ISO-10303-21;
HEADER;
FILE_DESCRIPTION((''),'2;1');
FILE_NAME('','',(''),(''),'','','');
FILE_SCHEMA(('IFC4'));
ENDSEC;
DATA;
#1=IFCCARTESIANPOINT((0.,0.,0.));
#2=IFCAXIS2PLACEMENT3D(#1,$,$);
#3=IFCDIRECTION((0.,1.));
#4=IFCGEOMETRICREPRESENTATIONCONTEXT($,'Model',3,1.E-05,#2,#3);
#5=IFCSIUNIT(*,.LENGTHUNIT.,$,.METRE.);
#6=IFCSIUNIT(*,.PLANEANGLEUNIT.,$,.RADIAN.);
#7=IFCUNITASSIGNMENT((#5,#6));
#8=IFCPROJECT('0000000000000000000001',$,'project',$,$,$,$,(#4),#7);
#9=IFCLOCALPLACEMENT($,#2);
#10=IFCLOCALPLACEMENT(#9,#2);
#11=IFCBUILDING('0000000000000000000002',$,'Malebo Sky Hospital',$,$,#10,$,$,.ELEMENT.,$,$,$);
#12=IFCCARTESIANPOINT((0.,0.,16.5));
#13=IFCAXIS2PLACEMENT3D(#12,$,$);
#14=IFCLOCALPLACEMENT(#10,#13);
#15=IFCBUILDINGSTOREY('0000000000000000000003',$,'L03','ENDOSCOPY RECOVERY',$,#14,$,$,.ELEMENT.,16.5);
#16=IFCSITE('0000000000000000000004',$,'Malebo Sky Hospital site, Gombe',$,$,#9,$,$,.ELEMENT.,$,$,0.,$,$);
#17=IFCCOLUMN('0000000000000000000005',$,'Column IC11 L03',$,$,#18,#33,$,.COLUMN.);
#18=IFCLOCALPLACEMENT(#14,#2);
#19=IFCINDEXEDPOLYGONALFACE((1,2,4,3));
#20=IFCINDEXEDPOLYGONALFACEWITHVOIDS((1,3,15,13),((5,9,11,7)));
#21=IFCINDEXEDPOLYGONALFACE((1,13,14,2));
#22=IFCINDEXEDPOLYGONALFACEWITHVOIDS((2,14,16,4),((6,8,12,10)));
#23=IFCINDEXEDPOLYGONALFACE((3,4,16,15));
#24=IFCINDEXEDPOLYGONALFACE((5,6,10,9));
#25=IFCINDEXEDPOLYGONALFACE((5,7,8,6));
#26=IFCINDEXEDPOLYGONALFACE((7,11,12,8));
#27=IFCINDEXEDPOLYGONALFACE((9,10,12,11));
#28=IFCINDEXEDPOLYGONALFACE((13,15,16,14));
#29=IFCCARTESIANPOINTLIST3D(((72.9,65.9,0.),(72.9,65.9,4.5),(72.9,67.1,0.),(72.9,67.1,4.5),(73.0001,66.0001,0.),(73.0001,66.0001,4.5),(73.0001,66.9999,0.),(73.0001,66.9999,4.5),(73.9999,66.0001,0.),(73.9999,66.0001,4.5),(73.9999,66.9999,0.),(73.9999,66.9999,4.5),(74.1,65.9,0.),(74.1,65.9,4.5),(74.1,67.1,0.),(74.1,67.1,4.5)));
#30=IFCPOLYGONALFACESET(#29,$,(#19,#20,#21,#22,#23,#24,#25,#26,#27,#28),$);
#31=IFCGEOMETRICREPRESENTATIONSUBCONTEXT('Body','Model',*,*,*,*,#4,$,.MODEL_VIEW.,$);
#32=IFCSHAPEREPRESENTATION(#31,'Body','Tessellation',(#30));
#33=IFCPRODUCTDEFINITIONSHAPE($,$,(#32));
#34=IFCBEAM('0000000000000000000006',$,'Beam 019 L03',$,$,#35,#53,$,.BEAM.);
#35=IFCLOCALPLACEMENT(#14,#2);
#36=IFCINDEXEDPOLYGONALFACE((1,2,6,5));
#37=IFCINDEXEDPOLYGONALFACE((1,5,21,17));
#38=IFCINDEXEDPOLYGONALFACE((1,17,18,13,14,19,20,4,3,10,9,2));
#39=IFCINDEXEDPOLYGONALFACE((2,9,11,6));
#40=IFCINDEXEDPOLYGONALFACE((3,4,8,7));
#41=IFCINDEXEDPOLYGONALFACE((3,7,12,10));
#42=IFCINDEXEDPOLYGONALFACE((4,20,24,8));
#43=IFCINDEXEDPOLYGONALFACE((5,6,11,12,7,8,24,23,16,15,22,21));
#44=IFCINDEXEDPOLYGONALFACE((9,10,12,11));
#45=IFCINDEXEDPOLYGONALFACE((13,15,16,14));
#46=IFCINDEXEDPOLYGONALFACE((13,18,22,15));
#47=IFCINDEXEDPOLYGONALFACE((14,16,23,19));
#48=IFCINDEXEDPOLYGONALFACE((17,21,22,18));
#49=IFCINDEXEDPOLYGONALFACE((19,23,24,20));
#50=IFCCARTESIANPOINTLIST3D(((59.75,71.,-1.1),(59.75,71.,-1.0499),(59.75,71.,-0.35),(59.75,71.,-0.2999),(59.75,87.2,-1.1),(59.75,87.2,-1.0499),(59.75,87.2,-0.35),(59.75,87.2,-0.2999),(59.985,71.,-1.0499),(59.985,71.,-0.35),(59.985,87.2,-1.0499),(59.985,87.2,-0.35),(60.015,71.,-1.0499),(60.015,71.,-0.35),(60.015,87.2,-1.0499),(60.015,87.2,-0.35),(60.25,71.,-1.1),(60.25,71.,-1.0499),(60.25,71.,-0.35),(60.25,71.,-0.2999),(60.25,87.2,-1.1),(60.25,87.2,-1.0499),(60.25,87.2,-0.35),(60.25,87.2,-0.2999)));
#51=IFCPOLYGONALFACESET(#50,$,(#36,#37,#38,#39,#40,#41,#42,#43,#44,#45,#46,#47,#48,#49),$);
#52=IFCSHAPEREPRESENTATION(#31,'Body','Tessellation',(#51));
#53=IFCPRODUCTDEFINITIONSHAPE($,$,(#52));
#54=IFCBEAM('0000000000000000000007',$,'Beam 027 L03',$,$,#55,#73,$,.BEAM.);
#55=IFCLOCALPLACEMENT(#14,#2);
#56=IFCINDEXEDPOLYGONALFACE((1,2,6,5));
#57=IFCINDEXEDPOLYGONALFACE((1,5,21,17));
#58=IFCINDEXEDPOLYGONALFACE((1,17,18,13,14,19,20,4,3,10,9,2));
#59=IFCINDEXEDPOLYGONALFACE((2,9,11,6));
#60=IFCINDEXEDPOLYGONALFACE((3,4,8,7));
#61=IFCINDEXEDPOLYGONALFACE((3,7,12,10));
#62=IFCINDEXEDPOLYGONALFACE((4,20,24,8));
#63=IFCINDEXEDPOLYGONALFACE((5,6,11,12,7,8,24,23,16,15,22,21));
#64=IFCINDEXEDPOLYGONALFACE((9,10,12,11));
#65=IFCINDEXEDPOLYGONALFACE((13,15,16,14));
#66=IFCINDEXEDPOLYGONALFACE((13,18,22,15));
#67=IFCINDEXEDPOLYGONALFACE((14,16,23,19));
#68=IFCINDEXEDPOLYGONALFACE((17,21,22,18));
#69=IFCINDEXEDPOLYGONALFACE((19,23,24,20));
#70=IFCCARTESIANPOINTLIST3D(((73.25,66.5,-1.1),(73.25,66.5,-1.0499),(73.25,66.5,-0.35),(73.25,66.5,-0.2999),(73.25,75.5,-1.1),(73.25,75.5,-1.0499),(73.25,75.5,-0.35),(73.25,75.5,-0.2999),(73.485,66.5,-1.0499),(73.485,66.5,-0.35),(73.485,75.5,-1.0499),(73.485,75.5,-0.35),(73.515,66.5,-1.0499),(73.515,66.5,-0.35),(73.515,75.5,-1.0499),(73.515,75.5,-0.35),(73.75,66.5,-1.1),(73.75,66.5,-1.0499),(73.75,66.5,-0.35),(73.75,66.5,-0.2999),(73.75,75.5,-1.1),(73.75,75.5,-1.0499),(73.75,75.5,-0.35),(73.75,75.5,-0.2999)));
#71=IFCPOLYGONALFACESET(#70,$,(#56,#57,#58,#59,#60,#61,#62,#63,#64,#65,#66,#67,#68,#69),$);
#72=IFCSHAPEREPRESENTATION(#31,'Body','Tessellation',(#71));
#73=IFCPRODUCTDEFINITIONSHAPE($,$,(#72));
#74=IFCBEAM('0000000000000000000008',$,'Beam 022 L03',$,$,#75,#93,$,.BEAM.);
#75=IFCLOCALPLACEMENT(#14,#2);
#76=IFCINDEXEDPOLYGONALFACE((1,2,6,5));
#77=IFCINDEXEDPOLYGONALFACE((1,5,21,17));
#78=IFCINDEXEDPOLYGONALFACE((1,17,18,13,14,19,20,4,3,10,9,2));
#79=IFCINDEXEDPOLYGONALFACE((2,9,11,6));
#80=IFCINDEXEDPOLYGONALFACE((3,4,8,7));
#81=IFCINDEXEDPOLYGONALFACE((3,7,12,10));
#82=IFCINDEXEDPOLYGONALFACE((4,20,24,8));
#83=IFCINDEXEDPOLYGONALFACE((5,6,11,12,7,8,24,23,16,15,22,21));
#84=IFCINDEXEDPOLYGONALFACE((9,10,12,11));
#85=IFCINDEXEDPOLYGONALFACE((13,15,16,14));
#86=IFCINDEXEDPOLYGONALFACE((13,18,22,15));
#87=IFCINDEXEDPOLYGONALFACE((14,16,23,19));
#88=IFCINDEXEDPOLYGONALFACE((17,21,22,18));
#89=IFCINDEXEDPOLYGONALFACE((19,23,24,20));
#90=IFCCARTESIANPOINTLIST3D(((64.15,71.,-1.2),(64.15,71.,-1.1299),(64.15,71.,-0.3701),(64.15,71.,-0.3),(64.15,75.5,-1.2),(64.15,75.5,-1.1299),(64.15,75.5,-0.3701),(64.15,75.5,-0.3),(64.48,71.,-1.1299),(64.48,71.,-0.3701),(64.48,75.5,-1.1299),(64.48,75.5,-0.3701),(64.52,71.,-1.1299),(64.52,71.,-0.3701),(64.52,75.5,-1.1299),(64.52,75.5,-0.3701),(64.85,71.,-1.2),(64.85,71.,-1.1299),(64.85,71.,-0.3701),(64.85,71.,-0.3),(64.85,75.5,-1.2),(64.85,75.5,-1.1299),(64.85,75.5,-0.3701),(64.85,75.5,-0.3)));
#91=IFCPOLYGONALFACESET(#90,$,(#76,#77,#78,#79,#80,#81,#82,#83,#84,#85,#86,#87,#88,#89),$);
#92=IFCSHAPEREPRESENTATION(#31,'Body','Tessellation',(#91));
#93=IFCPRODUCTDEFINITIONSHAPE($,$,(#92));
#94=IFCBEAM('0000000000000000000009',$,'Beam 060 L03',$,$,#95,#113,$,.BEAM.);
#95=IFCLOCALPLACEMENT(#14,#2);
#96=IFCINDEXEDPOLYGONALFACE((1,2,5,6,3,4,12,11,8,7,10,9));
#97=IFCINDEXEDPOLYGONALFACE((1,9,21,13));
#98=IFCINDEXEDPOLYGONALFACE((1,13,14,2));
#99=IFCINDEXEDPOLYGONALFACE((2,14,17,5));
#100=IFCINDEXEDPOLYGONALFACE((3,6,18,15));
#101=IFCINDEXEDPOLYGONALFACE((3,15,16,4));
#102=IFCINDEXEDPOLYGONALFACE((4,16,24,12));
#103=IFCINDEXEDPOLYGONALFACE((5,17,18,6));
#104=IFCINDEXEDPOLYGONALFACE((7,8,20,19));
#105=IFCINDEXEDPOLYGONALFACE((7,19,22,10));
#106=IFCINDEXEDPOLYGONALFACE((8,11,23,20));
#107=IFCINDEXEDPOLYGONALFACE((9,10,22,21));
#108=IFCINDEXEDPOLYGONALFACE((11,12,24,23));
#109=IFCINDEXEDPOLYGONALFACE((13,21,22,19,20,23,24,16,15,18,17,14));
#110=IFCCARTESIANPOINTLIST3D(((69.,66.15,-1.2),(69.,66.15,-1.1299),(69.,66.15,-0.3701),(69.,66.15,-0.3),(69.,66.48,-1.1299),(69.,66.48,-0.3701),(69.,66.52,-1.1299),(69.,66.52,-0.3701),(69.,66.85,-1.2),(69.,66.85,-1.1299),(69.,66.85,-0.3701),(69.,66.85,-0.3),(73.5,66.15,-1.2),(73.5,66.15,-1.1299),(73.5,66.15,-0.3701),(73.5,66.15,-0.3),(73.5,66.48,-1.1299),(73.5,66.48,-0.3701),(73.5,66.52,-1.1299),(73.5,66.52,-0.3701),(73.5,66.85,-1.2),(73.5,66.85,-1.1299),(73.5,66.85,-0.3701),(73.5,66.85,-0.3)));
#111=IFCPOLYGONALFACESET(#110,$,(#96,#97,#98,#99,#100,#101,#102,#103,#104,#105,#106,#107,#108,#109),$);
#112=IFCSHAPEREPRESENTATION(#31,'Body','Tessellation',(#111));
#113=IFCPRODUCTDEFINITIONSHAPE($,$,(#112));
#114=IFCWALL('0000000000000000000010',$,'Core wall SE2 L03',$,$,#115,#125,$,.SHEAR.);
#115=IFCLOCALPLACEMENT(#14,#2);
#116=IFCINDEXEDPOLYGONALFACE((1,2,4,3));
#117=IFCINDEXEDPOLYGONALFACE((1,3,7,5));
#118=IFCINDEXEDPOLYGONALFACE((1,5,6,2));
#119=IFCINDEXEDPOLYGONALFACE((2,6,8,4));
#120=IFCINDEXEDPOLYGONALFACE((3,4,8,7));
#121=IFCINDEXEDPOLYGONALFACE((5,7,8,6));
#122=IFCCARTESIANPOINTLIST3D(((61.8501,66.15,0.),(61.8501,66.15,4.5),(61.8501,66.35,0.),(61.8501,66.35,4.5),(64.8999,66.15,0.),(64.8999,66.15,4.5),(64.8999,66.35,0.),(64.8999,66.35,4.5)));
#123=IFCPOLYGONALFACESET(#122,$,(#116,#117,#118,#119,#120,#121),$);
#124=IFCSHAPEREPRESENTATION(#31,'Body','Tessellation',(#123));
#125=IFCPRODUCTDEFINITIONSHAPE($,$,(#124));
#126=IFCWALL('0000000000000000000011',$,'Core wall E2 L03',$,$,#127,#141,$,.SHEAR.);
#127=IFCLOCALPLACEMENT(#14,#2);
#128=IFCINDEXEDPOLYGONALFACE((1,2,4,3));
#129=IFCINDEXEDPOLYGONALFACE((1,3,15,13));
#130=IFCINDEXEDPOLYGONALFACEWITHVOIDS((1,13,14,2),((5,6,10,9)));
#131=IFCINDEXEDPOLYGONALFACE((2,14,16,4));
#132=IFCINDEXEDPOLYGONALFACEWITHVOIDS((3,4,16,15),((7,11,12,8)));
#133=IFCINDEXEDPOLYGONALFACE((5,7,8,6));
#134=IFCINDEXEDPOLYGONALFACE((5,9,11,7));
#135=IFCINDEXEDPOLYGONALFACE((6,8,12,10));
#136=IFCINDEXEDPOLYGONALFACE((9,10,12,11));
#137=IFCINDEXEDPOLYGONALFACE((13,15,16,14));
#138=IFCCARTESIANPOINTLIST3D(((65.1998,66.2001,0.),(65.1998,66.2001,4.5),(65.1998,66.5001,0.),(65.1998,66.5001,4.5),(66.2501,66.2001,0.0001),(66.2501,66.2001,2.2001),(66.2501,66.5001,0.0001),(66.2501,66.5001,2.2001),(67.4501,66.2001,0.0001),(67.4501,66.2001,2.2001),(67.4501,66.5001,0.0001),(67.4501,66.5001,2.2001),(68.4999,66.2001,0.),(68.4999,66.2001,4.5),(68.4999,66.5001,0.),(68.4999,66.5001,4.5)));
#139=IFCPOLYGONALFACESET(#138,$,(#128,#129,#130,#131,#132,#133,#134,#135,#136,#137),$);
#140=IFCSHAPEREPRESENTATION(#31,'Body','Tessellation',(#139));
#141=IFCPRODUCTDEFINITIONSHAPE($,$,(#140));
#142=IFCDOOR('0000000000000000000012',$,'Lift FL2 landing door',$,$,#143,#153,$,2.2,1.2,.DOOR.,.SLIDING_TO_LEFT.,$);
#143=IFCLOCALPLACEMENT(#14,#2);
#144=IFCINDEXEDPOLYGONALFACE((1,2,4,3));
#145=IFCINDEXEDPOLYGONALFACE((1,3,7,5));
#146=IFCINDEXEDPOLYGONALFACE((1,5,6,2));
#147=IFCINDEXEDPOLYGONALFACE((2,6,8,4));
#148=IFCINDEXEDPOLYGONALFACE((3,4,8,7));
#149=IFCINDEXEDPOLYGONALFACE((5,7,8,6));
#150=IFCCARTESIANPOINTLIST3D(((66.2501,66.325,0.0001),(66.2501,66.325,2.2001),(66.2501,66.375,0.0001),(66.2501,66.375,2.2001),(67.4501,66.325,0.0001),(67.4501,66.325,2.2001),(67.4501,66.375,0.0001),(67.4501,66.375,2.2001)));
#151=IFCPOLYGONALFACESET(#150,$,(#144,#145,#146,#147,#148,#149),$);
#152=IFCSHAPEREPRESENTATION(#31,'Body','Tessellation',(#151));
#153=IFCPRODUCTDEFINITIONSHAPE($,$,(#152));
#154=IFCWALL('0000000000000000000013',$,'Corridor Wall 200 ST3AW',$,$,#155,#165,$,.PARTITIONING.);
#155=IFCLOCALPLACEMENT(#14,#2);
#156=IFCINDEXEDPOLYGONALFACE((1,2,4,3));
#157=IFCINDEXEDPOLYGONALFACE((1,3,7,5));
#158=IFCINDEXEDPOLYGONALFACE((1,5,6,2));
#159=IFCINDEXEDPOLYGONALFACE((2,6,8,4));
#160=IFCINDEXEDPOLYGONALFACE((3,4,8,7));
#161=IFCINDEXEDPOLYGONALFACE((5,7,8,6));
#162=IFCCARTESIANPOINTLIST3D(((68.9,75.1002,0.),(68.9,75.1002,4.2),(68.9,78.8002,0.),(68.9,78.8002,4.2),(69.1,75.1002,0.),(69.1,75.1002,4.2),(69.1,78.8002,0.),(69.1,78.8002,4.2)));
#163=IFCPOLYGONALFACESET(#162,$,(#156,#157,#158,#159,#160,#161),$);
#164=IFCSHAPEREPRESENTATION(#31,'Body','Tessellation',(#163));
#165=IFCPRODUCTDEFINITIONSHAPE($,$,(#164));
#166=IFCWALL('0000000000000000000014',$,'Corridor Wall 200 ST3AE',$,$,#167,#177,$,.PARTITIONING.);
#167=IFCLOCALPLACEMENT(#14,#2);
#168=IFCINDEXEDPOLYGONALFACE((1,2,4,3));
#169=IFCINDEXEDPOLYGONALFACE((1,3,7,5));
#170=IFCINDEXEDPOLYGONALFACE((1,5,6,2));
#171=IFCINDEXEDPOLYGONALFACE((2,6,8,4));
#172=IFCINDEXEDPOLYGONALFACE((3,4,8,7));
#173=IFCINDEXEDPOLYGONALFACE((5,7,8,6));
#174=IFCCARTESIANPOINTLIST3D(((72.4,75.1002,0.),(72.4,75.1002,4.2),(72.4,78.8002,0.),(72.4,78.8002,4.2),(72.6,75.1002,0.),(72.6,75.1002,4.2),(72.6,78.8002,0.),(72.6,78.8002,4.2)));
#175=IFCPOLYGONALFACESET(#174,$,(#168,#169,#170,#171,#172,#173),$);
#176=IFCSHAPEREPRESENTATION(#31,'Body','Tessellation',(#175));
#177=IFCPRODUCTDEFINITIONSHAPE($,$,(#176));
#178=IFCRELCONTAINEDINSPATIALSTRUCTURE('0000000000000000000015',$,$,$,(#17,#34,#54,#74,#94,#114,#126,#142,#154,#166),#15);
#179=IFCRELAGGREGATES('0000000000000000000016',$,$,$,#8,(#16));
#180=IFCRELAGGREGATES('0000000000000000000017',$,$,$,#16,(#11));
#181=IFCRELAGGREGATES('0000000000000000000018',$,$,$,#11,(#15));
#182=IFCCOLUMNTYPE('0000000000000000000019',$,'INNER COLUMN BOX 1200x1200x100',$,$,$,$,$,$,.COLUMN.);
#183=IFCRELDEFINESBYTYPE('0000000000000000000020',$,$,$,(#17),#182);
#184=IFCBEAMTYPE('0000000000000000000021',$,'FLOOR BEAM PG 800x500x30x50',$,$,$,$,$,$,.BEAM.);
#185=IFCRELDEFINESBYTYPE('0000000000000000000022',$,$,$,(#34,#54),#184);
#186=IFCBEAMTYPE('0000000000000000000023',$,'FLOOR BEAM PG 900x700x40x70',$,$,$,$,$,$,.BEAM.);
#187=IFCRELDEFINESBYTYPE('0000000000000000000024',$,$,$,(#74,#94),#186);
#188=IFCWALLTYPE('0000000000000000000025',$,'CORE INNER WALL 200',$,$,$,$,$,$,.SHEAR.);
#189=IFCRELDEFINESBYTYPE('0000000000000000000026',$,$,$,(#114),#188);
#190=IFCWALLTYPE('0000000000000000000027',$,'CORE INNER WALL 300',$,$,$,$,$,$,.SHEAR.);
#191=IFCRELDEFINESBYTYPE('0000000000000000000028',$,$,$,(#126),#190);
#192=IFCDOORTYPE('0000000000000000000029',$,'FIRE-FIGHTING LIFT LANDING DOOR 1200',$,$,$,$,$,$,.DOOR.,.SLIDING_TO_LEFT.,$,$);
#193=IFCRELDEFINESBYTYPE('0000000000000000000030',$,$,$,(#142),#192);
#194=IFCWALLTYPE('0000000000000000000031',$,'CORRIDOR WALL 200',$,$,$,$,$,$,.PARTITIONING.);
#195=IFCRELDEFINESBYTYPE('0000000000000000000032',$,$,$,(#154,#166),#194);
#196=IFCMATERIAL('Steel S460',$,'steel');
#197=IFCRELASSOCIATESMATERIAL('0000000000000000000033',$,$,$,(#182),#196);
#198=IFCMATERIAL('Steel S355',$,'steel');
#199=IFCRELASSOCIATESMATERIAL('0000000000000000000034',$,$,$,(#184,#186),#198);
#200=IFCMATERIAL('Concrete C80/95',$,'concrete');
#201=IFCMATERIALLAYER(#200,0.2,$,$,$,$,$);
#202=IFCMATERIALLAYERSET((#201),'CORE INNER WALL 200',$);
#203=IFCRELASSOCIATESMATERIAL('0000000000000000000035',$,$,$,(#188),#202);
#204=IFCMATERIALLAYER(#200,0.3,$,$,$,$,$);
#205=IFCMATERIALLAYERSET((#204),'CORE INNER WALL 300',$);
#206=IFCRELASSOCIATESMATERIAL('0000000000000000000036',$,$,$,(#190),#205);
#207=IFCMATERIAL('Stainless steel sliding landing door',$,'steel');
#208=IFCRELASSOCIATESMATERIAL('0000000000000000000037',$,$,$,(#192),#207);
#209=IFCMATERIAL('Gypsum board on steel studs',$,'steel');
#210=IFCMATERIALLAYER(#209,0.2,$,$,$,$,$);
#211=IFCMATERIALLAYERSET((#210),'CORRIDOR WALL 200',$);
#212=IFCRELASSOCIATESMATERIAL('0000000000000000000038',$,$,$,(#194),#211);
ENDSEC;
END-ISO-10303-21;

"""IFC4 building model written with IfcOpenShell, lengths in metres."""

from ifc_helpers import new_model, si_unit, direction, frame, frame_2d, origin, origin_2d, place, context, subcontext, project, spatial, rectangle, hollow_rectangle, i_section, extrude, material, layer, layer_set, material_profile, profile_set, type_object, element, fill, save


model = new_model("IFC4")

# Units and contexts
model_context = context("Model", 3, precision=1e-05, world=origin(), true_north=direction((0.0, 1.0)))
body_context = subcontext(model_context, "Body", "Model", "MODEL_VIEW")
ifc_project = project(units=[si_unit("LENGTHUNIT", "METRE"), si_unit("PLANEANGLEUNIT", "RADIAN")], contexts=[model_context])

# Site, building, storey
site_placement = place(None, origin())
site = spatial("IfcSite", under=ifc_project, at=site_placement, Name="Malebo Sky Hospital site, Gombe", CompositionType="ELEMENT", RefElevation=0.0)
building_placement = place(site_placement, origin())
building = spatial("IfcBuilding", under=site, at=building_placement, Name="Malebo Sky Hospital", CompositionType="ELEMENT")
storey_placement = place(building_placement, frame((0.0, 0.0, 16.5)))
storey = spatial("IfcBuildingStorey", under=building, at=storey_placement, Name="L03", Description="ENDOSCOPY RECOVERY", CompositionType="ELEMENT", Elevation=16.5)

# Column
ifc_material_1 = material(Name="Steel S460", Category="steel")
ifc_material_profile_1 = material_profile(ifc_material_1, hollow_rectangle(XDim=1.2, YDim=1.2, WallThickness=0.1001, at=origin_2d()), Name="BOX 1200x1200x100")
ifc_profile_set_1 = profile_set([ifc_material_profile_1], Name="Steel S460")
column_type = type_object("IfcColumnType", Name="INNER COLUMN BOX 1200x1200x100", PredefinedType="COLUMN", material=ifc_profile_set_1)
column_placement = place(storey_placement, frame((73.5, 66.5, 0.0), z_axis=(0.0, 0.0, 1.0), x_axis=(1.0, 0.0, 0.0)))
element("IfcColumn", 1, at=column_placement, inside=storey, type_object=column_type, Name="Column IC11 L03", PredefinedType="COLUMN", context=body_context, shape_type="SweptSolid", body=[
    extrude(hollow_rectangle(XDim=1.2, YDim=1.2, WallThickness=0.1001, at=origin_2d()), origin(), (0.0, 0.0, 1.0), 4.5),
])

# Beams
ifc_material_2 = material(Name="Steel S355", Category="steel")
ifc_material_profile_2 = material_profile(ifc_material_2, i_section(OverallWidth=0.5, OverallDepth=0.8, WebThickness=0.03, FlangeThickness=0.05, at=origin_2d()), Name="PG 800x500x30x50")
ifc_profile_set_2 = profile_set([ifc_material_profile_2], Name="Steel S355")
beam_type_1 = type_object("IfcBeamType", Name="FLOOR BEAM PG 800x500x30x50", PredefinedType="BEAM", material=ifc_profile_set_2)
beam_1_placement = place(storey_placement, frame((60.0, 71.0, -0.7), z_axis=(0.0, 1.0, 0.0), x_axis=(-1.0, 0.0, 0.0)))
element("IfcBeam", 2, at=beam_1_placement, inside=storey, type_object=beam_type_1, Name="Beam 019 L03", PredefinedType="BEAM", context=body_context, shape_type="SweptSolid", body=[
    extrude(i_section(OverallWidth=0.5, OverallDepth=0.8, WebThickness=0.03, FlangeThickness=0.05, at=origin_2d()), origin(), (0.0, 0.0, 1.0), 16.2),
])
beam_2_placement = place(storey_placement, frame((73.5, 66.5, -0.7), z_axis=(0.0, 1.0, 0.0), x_axis=(-1.0, 0.0, 0.0)))
element("IfcBeam", 3, at=beam_2_placement, inside=storey, type_object=beam_type_1, Name="Beam 027 L03", PredefinedType="BEAM", context=body_context, shape_type="SweptSolid", body=[
    extrude(i_section(OverallWidth=0.5, OverallDepth=0.8, WebThickness=0.03, FlangeThickness=0.05, at=origin_2d()), origin(), (0.0, 0.0, 1.0), 9.0),
])
ifc_material_profile_3 = material_profile(ifc_material_2, i_section(OverallWidth=0.7, OverallDepth=0.8999, WebThickness=0.04, FlangeThickness=0.0701, at=origin_2d()), Name="PG 900x700x40x70")
ifc_profile_set_3 = profile_set([ifc_material_profile_3], Name="Steel S355")
beam_type_2 = type_object("IfcBeamType", Name="FLOOR BEAM PG 900x700x40x70", PredefinedType="BEAM", material=ifc_profile_set_3)
for number, where, z_axis, x_axis, name in (
    (4, (64.5, 71.0, -0.75), (0.0, 1.0, 0.0), (-1.0, 0.0, 0.0), "Beam 022 L03"),
    (5, (69.0, 66.5, -0.75), (1.0, 0.0, 0.0), (0.0, 1.0, 0.0), "Beam 060 L03"),
):
    element("IfcBeam", number, at=place(storey_placement, frame(where, z_axis=z_axis, x_axis=x_axis)), inside=storey, type_object=beam_type_2, Name=name, PredefinedType="BEAM", context=body_context, shape_type="SweptSolid", body=[
        extrude(i_section(OverallWidth=0.7, OverallDepth=0.8999, WebThickness=0.04, FlangeThickness=0.0701, at=origin_2d()), origin(), (0.0, 0.0, 1.0), 4.5),
    ])

# Wall
ifc_material_3 = material(Name="Concrete C80/95", Category="concrete")
ifc_layer_1 = layer(ifc_material_3, 0.2)
ifc_layer_set_1 = layer_set([ifc_layer_1], Name="CORE INNER WALL 200")
wall_type_1 = type_object("IfcWallType", Name="CORE INNER WALL 200", PredefinedType="SHEAR", material=ifc_layer_set_1)
wall_1_placement = place(storey_placement, frame((61.8501, 66.25, 0.0), z_axis=(0.0, 0.0, 1.0), x_axis=(1.0, 0.0, 0.0)))
element("IfcWall", 6, at=wall_1_placement, inside=storey, type_object=wall_type_1, Name="Core wall SE2 L03", PredefinedType="SHEAR", context=body_context, shape_type="SweptSolid", body=[
    extrude(rectangle(XDim=3.0498, YDim=0.2, at=frame_2d((1.5249, 0.0))), origin(), (0.0, 0.0, 1.0), 4.5),
])

# Wall, opening, door
ifc_layer_2 = layer(ifc_material_3, 0.3)
ifc_layer_set_2 = layer_set([ifc_layer_2], Name="CORE INNER WALL 300")
wall_type_2 = type_object("IfcWallType", Name="CORE INNER WALL 300", PredefinedType="SHEAR", material=ifc_layer_set_2)
wall_2_placement = place(storey_placement, frame((65.2, 66.3501, 0.0), z_axis=(0.0, 0.0, 1.0), x_axis=(1.0, 0.0, 0.0)))
wall_2 = element("IfcWall", 7, at=wall_2_placement, inside=storey, type_object=wall_type_2, Name="Core wall E2 L03", PredefinedType="SHEAR", context=body_context, shape_type="SweptSolid", body=[
    extrude(rectangle(XDim=3.3, YDim=0.3, at=frame_2d((1.6499, 0.0))), origin(), (0.0, 0.0, 1.0), 4.5),
])
opening_1_placement = place(wall_2_placement, frame((1.05, 0.0, 0.0)))
opening_1 = element("IfcOpeningElement", 8, at=opening_1_placement, cuts=wall_2, PredefinedType="OPENING", context=body_context, shape_type="SweptSolid", body=[
    extrude(rectangle(XDim=1.2, YDim=2.2, at=frame_2d((0.6001, 1.1001))), frame((0.0, 0.1599, 0.0), z_axis=(0.0, -1.0, 0.0), x_axis=(1.0, 0.0, 0.0)), (0.0, 0.0, 1.0), 0.3201),
])
ifc_material_4 = material(Name="Stainless steel sliding landing door", Category="steel")
door_type_1 = type_object("IfcDoorType", Name="FIRE-FIGHTING LIFT LANDING DOOR 1200", OperationType="SLIDING_TO_LEFT", PredefinedType="DOOR", material=ifc_material_4)
door_1_placement = place(opening_1_placement, origin())
door_1 = element("IfcDoor", 9, at=door_1_placement, inside=storey, type_object=door_type_1, Name="Lift FL2 landing door", OperationType="SLIDING_TO_LEFT", OverallHeight=2.2, OverallWidth=1.2, PredefinedType="DOOR", context=body_context, shape_type="SweptSolid", body=[
    extrude(rectangle(XDim=1.2, YDim=2.2, at=frame_2d((0.6001, 1.1001))), frame((0.0, 0.0249, 0.0), z_axis=(0.0, -1.0, 0.0), x_axis=(1.0, 0.0, 0.0)), (0.0, 0.0, 1.0), 0.05),
])
fill(opening_1, door_1)

# Walls
ifc_material_5 = material(Name="Gypsum board on steel studs", Category="steel")
ifc_layer_3 = layer(ifc_material_5, 0.2)
ifc_layer_set_3 = layer_set([ifc_layer_3], Name="CORRIDOR WALL 200")
wall_type_3 = type_object("IfcWallType", Name="CORRIDOR WALL 200", PredefinedType="PARTITIONING", material=ifc_layer_set_3)
for number, where, z_axis, x_axis, name in (
    (10, (69.0, 75.1001, 0.0), (0.0, 0.0, 1.0), (0.0, 1.0, 0.0), "Corridor Wall 200 ST3AW"),
    (11, (72.5, 75.1001, 0.0), (0.0, 0.0, 1.0), (0.0, 1.0, 0.0), "Corridor Wall 200 ST3AE"),
):
    element("IfcWall", number, at=place(storey_placement, frame(where, z_axis=z_axis, x_axis=x_axis)), inside=storey, type_object=wall_type_3, Name=name, PredefinedType="PARTITIONING", context=body_context, shape_type="SweptSolid", body=[
        extrude(rectangle(XDim=3.7, YDim=0.2, at=frame_2d((1.8501, 0.0))), origin(), (0.0, 0.0, 1.0), 4.2),
    ])

save(model, "model.ifc")
